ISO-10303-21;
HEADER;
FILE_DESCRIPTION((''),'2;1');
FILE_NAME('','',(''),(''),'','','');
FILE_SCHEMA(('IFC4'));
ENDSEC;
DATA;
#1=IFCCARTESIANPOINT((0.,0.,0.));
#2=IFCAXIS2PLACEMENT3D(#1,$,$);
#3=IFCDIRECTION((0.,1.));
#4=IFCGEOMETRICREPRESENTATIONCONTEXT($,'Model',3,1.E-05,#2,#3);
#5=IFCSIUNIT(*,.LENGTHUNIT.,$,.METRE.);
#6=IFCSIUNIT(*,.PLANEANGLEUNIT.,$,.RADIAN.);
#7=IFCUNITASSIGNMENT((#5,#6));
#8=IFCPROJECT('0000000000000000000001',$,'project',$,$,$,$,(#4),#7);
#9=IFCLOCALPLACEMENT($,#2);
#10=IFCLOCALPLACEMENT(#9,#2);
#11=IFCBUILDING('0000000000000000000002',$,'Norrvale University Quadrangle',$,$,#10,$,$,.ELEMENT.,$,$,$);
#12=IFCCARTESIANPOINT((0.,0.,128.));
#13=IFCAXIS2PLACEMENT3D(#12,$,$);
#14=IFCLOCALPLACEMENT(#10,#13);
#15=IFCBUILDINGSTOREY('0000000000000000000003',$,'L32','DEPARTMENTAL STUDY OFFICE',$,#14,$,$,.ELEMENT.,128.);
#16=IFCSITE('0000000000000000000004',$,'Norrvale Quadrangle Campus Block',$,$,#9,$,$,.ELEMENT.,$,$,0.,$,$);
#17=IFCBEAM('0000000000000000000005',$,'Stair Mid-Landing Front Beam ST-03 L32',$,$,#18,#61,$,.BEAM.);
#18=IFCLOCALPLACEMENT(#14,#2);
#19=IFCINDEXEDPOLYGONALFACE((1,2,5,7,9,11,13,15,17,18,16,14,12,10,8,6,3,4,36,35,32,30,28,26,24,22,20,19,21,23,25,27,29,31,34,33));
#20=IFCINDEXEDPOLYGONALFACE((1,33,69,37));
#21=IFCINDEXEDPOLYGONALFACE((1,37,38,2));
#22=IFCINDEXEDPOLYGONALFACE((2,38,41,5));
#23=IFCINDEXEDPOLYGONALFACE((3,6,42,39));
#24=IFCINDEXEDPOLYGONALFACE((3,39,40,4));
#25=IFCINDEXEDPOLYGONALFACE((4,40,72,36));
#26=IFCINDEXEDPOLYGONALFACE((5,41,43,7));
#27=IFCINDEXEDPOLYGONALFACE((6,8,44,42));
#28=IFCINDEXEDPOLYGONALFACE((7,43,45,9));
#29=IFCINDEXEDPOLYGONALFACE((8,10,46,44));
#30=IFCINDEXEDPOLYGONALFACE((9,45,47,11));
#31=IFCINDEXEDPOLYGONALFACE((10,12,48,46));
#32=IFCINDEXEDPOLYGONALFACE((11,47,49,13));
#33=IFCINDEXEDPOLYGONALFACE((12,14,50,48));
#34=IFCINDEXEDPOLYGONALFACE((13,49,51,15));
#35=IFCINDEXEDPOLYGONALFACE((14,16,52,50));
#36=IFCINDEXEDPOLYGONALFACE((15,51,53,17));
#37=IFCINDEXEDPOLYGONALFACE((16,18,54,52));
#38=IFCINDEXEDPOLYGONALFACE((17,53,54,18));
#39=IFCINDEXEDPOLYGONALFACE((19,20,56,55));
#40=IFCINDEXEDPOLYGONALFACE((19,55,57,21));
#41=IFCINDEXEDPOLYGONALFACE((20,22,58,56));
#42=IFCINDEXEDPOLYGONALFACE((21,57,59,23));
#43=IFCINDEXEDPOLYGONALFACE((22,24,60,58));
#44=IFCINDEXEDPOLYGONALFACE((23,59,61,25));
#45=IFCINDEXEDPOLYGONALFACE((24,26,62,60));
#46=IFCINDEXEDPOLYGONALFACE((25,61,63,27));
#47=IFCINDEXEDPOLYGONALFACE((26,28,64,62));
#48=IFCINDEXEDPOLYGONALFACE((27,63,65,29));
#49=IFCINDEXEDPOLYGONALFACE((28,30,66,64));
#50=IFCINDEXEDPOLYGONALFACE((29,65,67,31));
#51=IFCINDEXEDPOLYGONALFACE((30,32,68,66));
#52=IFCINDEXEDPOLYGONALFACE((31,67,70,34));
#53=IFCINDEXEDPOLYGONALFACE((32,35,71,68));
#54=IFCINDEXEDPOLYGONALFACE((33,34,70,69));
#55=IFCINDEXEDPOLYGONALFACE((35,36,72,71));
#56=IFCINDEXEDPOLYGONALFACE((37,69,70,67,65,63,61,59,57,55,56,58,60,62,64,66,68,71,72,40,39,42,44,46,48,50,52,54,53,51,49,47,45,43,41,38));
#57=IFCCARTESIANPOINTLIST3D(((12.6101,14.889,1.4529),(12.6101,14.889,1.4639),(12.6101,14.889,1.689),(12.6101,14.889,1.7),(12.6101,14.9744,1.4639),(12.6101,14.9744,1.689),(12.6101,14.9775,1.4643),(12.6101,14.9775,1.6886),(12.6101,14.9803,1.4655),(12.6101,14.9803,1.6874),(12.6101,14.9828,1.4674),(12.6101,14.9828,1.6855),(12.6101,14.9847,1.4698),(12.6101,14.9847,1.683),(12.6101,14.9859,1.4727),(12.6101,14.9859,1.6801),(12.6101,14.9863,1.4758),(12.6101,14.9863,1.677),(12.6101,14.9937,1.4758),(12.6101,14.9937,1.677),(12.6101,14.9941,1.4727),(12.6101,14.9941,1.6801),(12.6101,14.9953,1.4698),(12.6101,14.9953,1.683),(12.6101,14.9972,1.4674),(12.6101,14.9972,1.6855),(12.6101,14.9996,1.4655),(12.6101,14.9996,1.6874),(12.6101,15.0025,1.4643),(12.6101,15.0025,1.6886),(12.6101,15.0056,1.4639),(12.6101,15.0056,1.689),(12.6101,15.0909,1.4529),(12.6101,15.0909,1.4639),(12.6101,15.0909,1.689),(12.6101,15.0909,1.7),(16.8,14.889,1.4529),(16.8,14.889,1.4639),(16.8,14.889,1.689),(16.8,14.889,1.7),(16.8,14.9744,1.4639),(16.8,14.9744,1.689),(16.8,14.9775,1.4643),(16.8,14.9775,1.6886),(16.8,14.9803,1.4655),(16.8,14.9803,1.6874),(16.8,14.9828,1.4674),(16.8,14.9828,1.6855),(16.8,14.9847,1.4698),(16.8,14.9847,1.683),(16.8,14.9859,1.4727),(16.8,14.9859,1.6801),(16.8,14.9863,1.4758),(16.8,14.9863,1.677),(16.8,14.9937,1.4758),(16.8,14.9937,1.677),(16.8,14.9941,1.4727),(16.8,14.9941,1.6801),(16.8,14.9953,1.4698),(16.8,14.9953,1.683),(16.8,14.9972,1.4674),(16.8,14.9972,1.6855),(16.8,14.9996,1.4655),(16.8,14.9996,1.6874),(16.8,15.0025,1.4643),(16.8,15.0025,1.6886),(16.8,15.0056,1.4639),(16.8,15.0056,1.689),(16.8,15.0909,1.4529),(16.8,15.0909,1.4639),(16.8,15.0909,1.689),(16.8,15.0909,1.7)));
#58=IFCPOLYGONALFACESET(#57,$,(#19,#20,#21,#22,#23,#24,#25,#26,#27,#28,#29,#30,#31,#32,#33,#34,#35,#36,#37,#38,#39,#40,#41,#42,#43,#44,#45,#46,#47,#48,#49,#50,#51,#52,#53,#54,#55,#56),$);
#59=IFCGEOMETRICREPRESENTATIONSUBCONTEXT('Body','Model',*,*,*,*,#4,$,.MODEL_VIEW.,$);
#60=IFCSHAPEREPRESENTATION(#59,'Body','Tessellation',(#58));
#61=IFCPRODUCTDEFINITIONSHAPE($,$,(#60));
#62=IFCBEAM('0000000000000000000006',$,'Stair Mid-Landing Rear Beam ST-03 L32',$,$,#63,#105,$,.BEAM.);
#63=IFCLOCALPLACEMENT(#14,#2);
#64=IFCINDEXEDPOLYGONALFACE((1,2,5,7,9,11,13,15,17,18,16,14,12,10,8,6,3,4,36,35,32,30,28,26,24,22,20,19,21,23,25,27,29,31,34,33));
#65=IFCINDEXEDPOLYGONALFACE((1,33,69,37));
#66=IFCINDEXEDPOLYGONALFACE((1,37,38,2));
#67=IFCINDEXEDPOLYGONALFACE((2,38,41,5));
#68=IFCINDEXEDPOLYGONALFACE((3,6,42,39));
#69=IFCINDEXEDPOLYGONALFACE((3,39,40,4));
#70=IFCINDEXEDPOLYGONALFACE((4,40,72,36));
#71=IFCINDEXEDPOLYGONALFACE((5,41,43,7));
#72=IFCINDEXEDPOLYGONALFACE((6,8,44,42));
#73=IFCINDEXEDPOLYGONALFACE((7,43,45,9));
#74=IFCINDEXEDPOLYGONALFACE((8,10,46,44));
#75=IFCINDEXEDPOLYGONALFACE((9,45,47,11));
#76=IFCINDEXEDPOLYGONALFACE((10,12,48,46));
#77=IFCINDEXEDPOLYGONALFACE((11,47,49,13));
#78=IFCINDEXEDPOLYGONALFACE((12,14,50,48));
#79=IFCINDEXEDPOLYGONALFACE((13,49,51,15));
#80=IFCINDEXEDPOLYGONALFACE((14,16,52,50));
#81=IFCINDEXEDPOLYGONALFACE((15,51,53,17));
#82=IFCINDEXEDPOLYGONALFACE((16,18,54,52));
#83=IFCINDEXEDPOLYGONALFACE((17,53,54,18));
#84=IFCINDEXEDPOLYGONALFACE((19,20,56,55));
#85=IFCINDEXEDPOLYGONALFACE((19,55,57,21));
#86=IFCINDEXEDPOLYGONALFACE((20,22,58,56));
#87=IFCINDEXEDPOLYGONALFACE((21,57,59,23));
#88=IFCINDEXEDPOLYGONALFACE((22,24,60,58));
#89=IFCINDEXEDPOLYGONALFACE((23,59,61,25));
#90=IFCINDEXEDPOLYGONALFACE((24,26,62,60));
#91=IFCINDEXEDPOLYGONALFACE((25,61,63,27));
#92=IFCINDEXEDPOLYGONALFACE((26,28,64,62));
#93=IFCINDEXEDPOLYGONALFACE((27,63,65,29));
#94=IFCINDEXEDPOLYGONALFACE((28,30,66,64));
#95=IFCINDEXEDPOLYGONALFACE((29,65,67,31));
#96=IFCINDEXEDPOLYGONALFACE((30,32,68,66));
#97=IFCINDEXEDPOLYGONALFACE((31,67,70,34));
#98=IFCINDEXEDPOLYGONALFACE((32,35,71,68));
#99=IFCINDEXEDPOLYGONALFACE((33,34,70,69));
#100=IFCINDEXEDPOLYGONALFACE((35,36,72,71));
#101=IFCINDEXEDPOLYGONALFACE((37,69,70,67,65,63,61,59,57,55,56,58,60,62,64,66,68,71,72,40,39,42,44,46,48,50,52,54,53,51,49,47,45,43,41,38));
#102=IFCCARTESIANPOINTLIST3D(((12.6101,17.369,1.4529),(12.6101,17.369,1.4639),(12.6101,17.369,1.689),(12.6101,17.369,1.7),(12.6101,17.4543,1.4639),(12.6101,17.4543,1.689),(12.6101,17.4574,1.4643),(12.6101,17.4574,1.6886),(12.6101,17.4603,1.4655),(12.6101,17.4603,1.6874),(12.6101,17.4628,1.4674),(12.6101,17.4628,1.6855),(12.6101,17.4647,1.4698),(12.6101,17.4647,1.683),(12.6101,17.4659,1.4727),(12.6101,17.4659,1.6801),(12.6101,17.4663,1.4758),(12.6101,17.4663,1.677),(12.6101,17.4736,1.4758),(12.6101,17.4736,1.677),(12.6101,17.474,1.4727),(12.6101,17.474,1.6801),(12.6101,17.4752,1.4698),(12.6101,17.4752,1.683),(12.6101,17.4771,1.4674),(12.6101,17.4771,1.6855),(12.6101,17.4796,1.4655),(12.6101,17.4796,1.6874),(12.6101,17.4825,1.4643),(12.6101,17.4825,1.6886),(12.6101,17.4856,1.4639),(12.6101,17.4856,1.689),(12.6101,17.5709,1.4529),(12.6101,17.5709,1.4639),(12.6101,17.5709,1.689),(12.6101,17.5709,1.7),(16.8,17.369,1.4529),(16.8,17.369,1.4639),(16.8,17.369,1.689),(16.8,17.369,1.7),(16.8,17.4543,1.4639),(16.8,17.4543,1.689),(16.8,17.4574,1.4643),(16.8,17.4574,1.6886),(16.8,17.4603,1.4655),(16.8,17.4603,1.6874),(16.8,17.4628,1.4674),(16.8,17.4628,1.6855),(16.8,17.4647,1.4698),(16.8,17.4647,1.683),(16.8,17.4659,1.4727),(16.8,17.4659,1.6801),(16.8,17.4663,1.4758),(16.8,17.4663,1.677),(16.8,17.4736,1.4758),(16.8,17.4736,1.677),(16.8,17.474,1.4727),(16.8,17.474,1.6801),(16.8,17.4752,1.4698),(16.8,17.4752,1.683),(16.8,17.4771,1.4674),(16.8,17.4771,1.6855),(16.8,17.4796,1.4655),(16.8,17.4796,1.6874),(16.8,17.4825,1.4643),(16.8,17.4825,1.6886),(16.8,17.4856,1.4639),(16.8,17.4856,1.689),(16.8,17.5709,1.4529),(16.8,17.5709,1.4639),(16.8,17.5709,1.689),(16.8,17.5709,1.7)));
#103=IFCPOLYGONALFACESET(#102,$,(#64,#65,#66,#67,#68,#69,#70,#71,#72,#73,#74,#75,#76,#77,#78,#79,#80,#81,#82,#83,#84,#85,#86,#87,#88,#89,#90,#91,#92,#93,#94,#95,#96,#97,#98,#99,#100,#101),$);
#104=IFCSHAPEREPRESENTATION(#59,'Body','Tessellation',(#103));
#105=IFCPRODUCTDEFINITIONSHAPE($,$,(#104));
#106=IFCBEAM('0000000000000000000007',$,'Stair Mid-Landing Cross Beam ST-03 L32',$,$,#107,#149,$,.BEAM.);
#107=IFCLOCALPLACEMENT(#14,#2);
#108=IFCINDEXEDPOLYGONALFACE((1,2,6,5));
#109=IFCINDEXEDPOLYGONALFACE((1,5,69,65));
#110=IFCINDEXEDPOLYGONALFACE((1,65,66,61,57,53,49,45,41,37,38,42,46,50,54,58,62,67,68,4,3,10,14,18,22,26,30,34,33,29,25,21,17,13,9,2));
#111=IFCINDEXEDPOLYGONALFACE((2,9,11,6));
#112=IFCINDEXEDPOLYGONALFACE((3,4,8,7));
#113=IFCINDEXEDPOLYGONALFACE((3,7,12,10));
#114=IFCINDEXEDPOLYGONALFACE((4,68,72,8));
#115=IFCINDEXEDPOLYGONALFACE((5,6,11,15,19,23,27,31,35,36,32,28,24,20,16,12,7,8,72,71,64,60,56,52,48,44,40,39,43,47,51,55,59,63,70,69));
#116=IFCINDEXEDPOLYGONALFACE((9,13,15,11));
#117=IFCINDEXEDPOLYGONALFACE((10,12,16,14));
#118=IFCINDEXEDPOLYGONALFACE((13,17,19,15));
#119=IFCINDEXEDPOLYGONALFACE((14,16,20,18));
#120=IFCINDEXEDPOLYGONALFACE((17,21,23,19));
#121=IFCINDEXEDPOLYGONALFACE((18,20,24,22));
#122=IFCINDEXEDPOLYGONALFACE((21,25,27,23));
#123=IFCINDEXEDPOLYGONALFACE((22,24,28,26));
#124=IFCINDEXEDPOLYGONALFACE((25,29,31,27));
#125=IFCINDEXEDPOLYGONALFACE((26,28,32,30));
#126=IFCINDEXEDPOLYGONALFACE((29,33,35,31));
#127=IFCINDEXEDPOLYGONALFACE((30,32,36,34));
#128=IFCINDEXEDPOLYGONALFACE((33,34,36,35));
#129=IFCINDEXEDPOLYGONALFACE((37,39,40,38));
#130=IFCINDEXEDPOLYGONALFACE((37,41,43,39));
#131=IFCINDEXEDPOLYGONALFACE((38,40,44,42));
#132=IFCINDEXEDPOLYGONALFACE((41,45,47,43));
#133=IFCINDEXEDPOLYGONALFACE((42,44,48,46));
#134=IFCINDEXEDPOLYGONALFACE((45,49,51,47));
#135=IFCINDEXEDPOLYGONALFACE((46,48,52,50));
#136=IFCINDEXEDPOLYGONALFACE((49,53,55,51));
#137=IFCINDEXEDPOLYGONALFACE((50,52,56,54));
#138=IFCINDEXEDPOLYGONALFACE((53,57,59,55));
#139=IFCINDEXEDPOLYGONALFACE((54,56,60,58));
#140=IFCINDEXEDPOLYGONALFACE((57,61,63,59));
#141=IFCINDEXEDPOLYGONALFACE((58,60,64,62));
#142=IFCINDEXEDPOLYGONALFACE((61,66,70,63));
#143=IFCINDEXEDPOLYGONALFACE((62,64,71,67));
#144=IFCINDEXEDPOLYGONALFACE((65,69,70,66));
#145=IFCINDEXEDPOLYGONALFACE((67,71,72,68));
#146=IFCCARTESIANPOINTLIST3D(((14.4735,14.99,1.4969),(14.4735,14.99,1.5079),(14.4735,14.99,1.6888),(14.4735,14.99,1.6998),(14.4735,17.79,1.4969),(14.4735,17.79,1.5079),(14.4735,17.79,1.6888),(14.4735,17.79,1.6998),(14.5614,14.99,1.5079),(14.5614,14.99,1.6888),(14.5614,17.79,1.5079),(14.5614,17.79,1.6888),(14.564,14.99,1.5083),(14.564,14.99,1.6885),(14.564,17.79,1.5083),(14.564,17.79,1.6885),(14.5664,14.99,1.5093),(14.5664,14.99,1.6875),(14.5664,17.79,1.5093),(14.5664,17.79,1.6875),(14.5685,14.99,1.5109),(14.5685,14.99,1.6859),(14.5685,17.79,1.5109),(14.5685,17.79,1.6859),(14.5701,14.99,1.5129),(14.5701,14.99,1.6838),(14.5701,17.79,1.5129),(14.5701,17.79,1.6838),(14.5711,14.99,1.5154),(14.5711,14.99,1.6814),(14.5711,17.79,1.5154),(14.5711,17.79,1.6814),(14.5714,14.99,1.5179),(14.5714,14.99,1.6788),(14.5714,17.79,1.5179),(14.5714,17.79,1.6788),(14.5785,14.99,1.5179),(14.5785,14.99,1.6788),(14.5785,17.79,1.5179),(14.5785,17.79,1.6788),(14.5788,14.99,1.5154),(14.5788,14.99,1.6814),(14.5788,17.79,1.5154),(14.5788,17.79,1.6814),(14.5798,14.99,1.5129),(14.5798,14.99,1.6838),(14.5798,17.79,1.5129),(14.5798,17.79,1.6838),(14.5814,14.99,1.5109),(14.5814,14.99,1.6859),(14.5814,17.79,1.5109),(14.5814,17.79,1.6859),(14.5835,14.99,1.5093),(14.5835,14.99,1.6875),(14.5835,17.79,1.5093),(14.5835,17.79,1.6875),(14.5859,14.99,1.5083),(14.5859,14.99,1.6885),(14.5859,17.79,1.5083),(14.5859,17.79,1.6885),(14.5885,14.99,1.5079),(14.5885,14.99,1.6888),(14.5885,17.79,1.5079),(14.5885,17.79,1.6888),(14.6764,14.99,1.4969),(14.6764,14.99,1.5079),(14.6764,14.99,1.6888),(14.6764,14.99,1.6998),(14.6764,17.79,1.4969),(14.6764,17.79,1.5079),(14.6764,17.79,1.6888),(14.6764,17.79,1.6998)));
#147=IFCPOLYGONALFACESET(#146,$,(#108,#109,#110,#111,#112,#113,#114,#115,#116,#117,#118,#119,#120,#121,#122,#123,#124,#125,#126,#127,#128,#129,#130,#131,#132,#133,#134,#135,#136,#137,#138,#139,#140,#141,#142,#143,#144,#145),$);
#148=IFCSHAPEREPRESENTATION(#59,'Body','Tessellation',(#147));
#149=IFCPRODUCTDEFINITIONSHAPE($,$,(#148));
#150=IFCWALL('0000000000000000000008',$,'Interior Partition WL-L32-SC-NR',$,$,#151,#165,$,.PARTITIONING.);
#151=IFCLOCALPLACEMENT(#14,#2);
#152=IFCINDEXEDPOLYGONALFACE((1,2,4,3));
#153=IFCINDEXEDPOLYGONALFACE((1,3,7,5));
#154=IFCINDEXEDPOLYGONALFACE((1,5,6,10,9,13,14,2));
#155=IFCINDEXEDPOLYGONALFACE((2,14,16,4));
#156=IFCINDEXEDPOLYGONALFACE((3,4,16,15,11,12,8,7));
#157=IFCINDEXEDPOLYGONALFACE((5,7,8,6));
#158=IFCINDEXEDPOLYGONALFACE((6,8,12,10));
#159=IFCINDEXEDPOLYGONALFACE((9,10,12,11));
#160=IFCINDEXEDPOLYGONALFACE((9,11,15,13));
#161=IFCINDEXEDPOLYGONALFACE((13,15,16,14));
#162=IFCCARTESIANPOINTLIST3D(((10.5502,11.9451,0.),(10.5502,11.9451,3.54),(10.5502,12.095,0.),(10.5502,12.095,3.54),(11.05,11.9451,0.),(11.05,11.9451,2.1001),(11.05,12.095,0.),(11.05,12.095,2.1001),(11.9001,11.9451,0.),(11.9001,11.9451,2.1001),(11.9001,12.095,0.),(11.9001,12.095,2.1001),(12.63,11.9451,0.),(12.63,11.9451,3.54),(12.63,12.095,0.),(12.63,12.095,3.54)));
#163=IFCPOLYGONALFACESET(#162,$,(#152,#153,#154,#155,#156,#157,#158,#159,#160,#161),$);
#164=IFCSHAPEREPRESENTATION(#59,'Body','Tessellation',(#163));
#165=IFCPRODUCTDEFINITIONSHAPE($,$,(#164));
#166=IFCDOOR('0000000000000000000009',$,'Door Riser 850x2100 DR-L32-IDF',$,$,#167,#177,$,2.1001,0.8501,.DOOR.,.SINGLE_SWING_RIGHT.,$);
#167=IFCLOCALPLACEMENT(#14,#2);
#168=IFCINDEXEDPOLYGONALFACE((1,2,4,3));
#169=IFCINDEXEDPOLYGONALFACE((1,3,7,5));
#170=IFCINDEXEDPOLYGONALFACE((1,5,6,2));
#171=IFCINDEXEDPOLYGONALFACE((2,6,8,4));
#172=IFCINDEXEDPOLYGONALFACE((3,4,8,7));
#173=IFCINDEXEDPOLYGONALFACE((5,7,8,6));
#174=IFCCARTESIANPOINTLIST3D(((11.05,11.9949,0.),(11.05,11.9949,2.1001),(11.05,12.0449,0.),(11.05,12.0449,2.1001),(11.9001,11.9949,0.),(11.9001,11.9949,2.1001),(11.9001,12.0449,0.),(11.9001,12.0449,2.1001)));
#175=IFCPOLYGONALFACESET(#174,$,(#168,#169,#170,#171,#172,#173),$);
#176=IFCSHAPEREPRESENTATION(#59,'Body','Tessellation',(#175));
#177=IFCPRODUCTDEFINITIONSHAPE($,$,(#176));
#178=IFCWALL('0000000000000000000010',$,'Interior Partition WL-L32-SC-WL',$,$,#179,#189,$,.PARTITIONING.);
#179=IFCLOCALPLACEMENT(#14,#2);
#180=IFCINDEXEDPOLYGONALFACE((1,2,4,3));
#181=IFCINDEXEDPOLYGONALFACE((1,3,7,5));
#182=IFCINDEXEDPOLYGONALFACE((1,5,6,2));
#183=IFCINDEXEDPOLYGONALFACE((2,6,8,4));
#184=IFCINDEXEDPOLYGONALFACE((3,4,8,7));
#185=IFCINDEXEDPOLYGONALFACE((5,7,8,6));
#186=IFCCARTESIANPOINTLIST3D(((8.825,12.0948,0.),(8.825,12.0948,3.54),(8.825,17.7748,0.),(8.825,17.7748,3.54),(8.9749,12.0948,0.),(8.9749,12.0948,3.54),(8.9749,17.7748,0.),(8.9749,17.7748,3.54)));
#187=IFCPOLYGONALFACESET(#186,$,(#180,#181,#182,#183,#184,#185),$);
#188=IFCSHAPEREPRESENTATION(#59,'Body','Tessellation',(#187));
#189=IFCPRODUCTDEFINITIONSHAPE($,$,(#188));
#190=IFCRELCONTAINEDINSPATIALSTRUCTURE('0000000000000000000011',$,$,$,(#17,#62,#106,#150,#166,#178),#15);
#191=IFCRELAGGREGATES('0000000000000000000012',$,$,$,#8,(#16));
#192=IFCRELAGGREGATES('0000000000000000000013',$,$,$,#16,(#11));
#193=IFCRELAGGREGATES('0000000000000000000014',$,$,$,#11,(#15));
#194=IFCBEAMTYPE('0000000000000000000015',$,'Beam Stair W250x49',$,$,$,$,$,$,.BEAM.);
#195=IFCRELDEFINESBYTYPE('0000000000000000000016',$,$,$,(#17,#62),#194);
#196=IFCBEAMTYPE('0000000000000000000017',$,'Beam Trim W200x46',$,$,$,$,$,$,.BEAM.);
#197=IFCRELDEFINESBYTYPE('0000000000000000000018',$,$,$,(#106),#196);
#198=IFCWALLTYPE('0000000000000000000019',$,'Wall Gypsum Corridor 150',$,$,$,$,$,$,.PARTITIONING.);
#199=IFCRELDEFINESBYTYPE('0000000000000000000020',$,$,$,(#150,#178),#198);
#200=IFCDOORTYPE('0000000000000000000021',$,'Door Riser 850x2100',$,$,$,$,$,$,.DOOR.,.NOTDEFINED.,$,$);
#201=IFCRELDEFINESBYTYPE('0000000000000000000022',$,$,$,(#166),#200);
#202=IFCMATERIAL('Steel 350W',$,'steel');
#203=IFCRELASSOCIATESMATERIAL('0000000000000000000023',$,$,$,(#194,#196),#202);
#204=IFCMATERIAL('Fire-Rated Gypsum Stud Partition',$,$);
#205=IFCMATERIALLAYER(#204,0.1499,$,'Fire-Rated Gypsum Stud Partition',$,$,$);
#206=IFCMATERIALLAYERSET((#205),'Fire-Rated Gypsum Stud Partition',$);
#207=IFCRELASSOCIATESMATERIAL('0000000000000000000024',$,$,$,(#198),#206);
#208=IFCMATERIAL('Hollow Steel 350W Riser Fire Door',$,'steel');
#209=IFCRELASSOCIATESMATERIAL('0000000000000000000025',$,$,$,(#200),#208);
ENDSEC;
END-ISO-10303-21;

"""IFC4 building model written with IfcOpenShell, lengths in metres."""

from ifc_helpers import new_model, si_unit, direction, frame, frame_2d, origin, origin_2d, place, context, subcontext, project, spatial, rectangle, i_section, extrude, material, layer, layer_set, material_profile, profile_set, type_object, element, fill, save


model = new_model("IFC4")

# Units and contexts
model_context = context("Model", 3, precision=1e-05, world=origin(), true_north=direction((0.0, 1.0)))
body_context = subcontext(model_context, "Body", "Model", "MODEL_VIEW")
ifc_project = project(units=[si_unit("LENGTHUNIT", "METRE"), si_unit("PLANEANGLEUNIT", "RADIAN")], contexts=[model_context])

# Site, building, storey
site_placement = place(None, origin())
site = spatial("IfcSite", under=ifc_project, at=site_placement, Name="Norrvale Quadrangle Campus Block", CompositionType="ELEMENT", RefElevation=0.0)
building_placement = place(site_placement, origin())
building = spatial("IfcBuilding", under=site, at=building_placement, Name="Norrvale University Quadrangle", CompositionType="ELEMENT")
storey_placement = place(building_placement, frame((0.0, 0.0, 128.0)))
storey = spatial("IfcBuildingStorey", under=building, at=storey_placement, Name="L32", Description="DEPARTMENTAL STUDY OFFICE", CompositionType="ELEMENT", Elevation=128.0)

# Beams
ifc_material_1 = material(Name="Steel 350W", Category="steel")
ifc_material_profile_1 = material_profile(ifc_material_1, i_section(OverallWidth=0.2019, OverallDepth=0.2471, WebThickness=0.0073, FlangeThickness=0.011, FilletRadius=0.012, at=origin_2d()), Name="Steel 350W")
ifc_profile_set_1 = profile_set([ifc_material_profile_1], Name="Steel 350W")
beam_type_1 = type_object("IfcBeamType", Name="Beam Stair W250x49", PredefinedType="BEAM", material=ifc_profile_set_1)
for number, where, z_axis, x_axis, name in (
    (1, (12.6101, 14.99, 1.5764), (1.0, 0.0, 0.0), (0.0, 1.0, 0.0), "Stair Mid-Landing Front Beam ST-03 L32"),
    (2, (12.6101, 17.47, 1.5764), (1.0, 0.0, 0.0), (0.0, 1.0, 0.0), "Stair Mid-Landing Rear Beam ST-03 L32"),
):
    element("IfcBeam", number, at=place(storey_placement, frame(where, z_axis=z_axis, x_axis=x_axis)), inside=storey, type_object=beam_type_1, Name=name, PredefinedType="BEAM", context=body_context, shape_type="SweptSolid", body=[
        extrude(i_section(OverallWidth=0.2019, OverallDepth=0.2471, WebThickness=0.0073, FlangeThickness=0.011, FilletRadius=0.012, at=origin_2d()), origin(), (0.0, 0.0, 1.0), 4.1899),
    ])
ifc_material_profile_2 = material_profile(ifc_material_1, i_section(OverallWidth=0.2029, OverallDepth=0.2029, WebThickness=0.0071, FlangeThickness=0.011, FilletRadius=0.01, at=origin_2d()), Name="Steel 350W")
ifc_profile_set_2 = profile_set([ifc_material_profile_2], Name="Steel 350W")
beam_type_2 = type_object("IfcBeamType", Name="Beam Trim W200x46", PredefinedType="BEAM", material=ifc_profile_set_2)
beam_placement = place(storey_placement, frame((14.575, 14.99, 1.5984), z_axis=(0.0, 1.0, 0.0), x_axis=(-1.0, 0.0, 0.0)))
element("IfcBeam", 3, at=beam_placement, inside=storey, type_object=beam_type_2, Name="Stair Mid-Landing Cross Beam ST-03 L32", PredefinedType="BEAM", context=body_context, shape_type="SweptSolid", body=[
    extrude(i_section(OverallWidth=0.2029, OverallDepth=0.2029, WebThickness=0.0071, FlangeThickness=0.011, FilletRadius=0.01, at=origin_2d()), origin(), (0.0, 0.0, 1.0), 2.8),
])

# Wall, opening, door
ifc_material_2 = material(Name="Fire-Rated Gypsum Stud Partition")
ifc_layer_1 = layer(ifc_material_2, 0.1499, Name="Fire-Rated Gypsum Stud Partition")
ifc_layer_set_1 = layer_set([ifc_layer_1], Name="Fire-Rated Gypsum Stud Partition")
wall_type_1 = type_object("IfcWallType", Name="Wall Gypsum Corridor 150", PredefinedType="PARTITIONING", material=ifc_layer_set_1)
wall_1_placement = place(storey_placement, frame((10.55, 12.02, 0.0), z_axis=(0.0, 0.0, 1.0), x_axis=(1.0, 0.0, 0.0)))
wall_1 = element("IfcWall", 4, at=wall_1_placement, inside=storey, type_object=wall_type_1, Name="Interior Partition WL-L32-SC-NR", PredefinedType="PARTITIONING", context=body_context, shape_type="SweptSolid", body=[
    extrude(rectangle(XDim=2.0798, YDim=0.1499, at=frame_2d((1.04, 0.0))), origin(), (0.0, 0.0, 1.0), 3.54),
])
opening_1_placement = place(wall_1_placement, frame((0.5, 0.0, 0.0)))
opening_1 = element("IfcOpeningElement", 5, at=opening_1_placement, cuts=wall_1, PredefinedType="OPENING", context=body_context, shape_type="SweptSolid", body=[
    extrude(rectangle(XDim=0.8501, YDim=2.1001, at=frame_2d((0.425, 1.05))), frame((0.0, 0.0869, 0.0), z_axis=(0.0, -1.0, 0.0), x_axis=(1.0, 0.0, 0.0)), (0.0, 0.0, 1.0), 0.1738),
])
ifc_material_3 = material(Name="Hollow Steel 350W Riser Fire Door", Category="steel")
door_type_1 = type_object("IfcDoorType", Name="Door Riser 850x2100", OperationType="NOTDEFINED", PredefinedType="DOOR", material=ifc_material_3)
door_1_placement = place(opening_1_placement, origin())
door_1 = element("IfcDoor", 6, at=door_1_placement, inside=storey, type_object=door_type_1, Name="Door Riser 850x2100 DR-L32-IDF", OperationType="SINGLE_SWING_RIGHT", OverallHeight=2.1001, OverallWidth=0.8501, PredefinedType="DOOR", context=body_context, shape_type="SweptSolid", body=[
    extrude(rectangle(XDim=0.8501, YDim=2.1001, at=frame_2d((0.425, 1.05))), frame((0.0, 0.0249, 0.0), z_axis=(0.0, -1.0, 0.0), x_axis=(1.0, 0.0, 0.0)), (0.0, 0.0, 1.0), 0.05),
])
fill(opening_1, door_1)

# Wall
for number, where, z_axis, x_axis, name in (
    (7, (8.8999, 12.095, 0.0), (0.0, 0.0, 1.0), (0.0, 1.0, 0.0), "Interior Partition WL-L32-SC-WL"),
):
    element("IfcWall", number, at=place(storey_placement, frame(where, z_axis=z_axis, x_axis=x_axis)), inside=storey, type_object=wall_type_1, Name=name, PredefinedType="PARTITIONING", context=body_context, shape_type="SweptSolid", body=[
        extrude(rectangle(XDim=5.6799, YDim=0.1499, at=frame_2d((2.8398, 0.0))), origin(), (0.0, 0.0, 1.0), 3.54),
    ])

save(model, "model.ifc")
